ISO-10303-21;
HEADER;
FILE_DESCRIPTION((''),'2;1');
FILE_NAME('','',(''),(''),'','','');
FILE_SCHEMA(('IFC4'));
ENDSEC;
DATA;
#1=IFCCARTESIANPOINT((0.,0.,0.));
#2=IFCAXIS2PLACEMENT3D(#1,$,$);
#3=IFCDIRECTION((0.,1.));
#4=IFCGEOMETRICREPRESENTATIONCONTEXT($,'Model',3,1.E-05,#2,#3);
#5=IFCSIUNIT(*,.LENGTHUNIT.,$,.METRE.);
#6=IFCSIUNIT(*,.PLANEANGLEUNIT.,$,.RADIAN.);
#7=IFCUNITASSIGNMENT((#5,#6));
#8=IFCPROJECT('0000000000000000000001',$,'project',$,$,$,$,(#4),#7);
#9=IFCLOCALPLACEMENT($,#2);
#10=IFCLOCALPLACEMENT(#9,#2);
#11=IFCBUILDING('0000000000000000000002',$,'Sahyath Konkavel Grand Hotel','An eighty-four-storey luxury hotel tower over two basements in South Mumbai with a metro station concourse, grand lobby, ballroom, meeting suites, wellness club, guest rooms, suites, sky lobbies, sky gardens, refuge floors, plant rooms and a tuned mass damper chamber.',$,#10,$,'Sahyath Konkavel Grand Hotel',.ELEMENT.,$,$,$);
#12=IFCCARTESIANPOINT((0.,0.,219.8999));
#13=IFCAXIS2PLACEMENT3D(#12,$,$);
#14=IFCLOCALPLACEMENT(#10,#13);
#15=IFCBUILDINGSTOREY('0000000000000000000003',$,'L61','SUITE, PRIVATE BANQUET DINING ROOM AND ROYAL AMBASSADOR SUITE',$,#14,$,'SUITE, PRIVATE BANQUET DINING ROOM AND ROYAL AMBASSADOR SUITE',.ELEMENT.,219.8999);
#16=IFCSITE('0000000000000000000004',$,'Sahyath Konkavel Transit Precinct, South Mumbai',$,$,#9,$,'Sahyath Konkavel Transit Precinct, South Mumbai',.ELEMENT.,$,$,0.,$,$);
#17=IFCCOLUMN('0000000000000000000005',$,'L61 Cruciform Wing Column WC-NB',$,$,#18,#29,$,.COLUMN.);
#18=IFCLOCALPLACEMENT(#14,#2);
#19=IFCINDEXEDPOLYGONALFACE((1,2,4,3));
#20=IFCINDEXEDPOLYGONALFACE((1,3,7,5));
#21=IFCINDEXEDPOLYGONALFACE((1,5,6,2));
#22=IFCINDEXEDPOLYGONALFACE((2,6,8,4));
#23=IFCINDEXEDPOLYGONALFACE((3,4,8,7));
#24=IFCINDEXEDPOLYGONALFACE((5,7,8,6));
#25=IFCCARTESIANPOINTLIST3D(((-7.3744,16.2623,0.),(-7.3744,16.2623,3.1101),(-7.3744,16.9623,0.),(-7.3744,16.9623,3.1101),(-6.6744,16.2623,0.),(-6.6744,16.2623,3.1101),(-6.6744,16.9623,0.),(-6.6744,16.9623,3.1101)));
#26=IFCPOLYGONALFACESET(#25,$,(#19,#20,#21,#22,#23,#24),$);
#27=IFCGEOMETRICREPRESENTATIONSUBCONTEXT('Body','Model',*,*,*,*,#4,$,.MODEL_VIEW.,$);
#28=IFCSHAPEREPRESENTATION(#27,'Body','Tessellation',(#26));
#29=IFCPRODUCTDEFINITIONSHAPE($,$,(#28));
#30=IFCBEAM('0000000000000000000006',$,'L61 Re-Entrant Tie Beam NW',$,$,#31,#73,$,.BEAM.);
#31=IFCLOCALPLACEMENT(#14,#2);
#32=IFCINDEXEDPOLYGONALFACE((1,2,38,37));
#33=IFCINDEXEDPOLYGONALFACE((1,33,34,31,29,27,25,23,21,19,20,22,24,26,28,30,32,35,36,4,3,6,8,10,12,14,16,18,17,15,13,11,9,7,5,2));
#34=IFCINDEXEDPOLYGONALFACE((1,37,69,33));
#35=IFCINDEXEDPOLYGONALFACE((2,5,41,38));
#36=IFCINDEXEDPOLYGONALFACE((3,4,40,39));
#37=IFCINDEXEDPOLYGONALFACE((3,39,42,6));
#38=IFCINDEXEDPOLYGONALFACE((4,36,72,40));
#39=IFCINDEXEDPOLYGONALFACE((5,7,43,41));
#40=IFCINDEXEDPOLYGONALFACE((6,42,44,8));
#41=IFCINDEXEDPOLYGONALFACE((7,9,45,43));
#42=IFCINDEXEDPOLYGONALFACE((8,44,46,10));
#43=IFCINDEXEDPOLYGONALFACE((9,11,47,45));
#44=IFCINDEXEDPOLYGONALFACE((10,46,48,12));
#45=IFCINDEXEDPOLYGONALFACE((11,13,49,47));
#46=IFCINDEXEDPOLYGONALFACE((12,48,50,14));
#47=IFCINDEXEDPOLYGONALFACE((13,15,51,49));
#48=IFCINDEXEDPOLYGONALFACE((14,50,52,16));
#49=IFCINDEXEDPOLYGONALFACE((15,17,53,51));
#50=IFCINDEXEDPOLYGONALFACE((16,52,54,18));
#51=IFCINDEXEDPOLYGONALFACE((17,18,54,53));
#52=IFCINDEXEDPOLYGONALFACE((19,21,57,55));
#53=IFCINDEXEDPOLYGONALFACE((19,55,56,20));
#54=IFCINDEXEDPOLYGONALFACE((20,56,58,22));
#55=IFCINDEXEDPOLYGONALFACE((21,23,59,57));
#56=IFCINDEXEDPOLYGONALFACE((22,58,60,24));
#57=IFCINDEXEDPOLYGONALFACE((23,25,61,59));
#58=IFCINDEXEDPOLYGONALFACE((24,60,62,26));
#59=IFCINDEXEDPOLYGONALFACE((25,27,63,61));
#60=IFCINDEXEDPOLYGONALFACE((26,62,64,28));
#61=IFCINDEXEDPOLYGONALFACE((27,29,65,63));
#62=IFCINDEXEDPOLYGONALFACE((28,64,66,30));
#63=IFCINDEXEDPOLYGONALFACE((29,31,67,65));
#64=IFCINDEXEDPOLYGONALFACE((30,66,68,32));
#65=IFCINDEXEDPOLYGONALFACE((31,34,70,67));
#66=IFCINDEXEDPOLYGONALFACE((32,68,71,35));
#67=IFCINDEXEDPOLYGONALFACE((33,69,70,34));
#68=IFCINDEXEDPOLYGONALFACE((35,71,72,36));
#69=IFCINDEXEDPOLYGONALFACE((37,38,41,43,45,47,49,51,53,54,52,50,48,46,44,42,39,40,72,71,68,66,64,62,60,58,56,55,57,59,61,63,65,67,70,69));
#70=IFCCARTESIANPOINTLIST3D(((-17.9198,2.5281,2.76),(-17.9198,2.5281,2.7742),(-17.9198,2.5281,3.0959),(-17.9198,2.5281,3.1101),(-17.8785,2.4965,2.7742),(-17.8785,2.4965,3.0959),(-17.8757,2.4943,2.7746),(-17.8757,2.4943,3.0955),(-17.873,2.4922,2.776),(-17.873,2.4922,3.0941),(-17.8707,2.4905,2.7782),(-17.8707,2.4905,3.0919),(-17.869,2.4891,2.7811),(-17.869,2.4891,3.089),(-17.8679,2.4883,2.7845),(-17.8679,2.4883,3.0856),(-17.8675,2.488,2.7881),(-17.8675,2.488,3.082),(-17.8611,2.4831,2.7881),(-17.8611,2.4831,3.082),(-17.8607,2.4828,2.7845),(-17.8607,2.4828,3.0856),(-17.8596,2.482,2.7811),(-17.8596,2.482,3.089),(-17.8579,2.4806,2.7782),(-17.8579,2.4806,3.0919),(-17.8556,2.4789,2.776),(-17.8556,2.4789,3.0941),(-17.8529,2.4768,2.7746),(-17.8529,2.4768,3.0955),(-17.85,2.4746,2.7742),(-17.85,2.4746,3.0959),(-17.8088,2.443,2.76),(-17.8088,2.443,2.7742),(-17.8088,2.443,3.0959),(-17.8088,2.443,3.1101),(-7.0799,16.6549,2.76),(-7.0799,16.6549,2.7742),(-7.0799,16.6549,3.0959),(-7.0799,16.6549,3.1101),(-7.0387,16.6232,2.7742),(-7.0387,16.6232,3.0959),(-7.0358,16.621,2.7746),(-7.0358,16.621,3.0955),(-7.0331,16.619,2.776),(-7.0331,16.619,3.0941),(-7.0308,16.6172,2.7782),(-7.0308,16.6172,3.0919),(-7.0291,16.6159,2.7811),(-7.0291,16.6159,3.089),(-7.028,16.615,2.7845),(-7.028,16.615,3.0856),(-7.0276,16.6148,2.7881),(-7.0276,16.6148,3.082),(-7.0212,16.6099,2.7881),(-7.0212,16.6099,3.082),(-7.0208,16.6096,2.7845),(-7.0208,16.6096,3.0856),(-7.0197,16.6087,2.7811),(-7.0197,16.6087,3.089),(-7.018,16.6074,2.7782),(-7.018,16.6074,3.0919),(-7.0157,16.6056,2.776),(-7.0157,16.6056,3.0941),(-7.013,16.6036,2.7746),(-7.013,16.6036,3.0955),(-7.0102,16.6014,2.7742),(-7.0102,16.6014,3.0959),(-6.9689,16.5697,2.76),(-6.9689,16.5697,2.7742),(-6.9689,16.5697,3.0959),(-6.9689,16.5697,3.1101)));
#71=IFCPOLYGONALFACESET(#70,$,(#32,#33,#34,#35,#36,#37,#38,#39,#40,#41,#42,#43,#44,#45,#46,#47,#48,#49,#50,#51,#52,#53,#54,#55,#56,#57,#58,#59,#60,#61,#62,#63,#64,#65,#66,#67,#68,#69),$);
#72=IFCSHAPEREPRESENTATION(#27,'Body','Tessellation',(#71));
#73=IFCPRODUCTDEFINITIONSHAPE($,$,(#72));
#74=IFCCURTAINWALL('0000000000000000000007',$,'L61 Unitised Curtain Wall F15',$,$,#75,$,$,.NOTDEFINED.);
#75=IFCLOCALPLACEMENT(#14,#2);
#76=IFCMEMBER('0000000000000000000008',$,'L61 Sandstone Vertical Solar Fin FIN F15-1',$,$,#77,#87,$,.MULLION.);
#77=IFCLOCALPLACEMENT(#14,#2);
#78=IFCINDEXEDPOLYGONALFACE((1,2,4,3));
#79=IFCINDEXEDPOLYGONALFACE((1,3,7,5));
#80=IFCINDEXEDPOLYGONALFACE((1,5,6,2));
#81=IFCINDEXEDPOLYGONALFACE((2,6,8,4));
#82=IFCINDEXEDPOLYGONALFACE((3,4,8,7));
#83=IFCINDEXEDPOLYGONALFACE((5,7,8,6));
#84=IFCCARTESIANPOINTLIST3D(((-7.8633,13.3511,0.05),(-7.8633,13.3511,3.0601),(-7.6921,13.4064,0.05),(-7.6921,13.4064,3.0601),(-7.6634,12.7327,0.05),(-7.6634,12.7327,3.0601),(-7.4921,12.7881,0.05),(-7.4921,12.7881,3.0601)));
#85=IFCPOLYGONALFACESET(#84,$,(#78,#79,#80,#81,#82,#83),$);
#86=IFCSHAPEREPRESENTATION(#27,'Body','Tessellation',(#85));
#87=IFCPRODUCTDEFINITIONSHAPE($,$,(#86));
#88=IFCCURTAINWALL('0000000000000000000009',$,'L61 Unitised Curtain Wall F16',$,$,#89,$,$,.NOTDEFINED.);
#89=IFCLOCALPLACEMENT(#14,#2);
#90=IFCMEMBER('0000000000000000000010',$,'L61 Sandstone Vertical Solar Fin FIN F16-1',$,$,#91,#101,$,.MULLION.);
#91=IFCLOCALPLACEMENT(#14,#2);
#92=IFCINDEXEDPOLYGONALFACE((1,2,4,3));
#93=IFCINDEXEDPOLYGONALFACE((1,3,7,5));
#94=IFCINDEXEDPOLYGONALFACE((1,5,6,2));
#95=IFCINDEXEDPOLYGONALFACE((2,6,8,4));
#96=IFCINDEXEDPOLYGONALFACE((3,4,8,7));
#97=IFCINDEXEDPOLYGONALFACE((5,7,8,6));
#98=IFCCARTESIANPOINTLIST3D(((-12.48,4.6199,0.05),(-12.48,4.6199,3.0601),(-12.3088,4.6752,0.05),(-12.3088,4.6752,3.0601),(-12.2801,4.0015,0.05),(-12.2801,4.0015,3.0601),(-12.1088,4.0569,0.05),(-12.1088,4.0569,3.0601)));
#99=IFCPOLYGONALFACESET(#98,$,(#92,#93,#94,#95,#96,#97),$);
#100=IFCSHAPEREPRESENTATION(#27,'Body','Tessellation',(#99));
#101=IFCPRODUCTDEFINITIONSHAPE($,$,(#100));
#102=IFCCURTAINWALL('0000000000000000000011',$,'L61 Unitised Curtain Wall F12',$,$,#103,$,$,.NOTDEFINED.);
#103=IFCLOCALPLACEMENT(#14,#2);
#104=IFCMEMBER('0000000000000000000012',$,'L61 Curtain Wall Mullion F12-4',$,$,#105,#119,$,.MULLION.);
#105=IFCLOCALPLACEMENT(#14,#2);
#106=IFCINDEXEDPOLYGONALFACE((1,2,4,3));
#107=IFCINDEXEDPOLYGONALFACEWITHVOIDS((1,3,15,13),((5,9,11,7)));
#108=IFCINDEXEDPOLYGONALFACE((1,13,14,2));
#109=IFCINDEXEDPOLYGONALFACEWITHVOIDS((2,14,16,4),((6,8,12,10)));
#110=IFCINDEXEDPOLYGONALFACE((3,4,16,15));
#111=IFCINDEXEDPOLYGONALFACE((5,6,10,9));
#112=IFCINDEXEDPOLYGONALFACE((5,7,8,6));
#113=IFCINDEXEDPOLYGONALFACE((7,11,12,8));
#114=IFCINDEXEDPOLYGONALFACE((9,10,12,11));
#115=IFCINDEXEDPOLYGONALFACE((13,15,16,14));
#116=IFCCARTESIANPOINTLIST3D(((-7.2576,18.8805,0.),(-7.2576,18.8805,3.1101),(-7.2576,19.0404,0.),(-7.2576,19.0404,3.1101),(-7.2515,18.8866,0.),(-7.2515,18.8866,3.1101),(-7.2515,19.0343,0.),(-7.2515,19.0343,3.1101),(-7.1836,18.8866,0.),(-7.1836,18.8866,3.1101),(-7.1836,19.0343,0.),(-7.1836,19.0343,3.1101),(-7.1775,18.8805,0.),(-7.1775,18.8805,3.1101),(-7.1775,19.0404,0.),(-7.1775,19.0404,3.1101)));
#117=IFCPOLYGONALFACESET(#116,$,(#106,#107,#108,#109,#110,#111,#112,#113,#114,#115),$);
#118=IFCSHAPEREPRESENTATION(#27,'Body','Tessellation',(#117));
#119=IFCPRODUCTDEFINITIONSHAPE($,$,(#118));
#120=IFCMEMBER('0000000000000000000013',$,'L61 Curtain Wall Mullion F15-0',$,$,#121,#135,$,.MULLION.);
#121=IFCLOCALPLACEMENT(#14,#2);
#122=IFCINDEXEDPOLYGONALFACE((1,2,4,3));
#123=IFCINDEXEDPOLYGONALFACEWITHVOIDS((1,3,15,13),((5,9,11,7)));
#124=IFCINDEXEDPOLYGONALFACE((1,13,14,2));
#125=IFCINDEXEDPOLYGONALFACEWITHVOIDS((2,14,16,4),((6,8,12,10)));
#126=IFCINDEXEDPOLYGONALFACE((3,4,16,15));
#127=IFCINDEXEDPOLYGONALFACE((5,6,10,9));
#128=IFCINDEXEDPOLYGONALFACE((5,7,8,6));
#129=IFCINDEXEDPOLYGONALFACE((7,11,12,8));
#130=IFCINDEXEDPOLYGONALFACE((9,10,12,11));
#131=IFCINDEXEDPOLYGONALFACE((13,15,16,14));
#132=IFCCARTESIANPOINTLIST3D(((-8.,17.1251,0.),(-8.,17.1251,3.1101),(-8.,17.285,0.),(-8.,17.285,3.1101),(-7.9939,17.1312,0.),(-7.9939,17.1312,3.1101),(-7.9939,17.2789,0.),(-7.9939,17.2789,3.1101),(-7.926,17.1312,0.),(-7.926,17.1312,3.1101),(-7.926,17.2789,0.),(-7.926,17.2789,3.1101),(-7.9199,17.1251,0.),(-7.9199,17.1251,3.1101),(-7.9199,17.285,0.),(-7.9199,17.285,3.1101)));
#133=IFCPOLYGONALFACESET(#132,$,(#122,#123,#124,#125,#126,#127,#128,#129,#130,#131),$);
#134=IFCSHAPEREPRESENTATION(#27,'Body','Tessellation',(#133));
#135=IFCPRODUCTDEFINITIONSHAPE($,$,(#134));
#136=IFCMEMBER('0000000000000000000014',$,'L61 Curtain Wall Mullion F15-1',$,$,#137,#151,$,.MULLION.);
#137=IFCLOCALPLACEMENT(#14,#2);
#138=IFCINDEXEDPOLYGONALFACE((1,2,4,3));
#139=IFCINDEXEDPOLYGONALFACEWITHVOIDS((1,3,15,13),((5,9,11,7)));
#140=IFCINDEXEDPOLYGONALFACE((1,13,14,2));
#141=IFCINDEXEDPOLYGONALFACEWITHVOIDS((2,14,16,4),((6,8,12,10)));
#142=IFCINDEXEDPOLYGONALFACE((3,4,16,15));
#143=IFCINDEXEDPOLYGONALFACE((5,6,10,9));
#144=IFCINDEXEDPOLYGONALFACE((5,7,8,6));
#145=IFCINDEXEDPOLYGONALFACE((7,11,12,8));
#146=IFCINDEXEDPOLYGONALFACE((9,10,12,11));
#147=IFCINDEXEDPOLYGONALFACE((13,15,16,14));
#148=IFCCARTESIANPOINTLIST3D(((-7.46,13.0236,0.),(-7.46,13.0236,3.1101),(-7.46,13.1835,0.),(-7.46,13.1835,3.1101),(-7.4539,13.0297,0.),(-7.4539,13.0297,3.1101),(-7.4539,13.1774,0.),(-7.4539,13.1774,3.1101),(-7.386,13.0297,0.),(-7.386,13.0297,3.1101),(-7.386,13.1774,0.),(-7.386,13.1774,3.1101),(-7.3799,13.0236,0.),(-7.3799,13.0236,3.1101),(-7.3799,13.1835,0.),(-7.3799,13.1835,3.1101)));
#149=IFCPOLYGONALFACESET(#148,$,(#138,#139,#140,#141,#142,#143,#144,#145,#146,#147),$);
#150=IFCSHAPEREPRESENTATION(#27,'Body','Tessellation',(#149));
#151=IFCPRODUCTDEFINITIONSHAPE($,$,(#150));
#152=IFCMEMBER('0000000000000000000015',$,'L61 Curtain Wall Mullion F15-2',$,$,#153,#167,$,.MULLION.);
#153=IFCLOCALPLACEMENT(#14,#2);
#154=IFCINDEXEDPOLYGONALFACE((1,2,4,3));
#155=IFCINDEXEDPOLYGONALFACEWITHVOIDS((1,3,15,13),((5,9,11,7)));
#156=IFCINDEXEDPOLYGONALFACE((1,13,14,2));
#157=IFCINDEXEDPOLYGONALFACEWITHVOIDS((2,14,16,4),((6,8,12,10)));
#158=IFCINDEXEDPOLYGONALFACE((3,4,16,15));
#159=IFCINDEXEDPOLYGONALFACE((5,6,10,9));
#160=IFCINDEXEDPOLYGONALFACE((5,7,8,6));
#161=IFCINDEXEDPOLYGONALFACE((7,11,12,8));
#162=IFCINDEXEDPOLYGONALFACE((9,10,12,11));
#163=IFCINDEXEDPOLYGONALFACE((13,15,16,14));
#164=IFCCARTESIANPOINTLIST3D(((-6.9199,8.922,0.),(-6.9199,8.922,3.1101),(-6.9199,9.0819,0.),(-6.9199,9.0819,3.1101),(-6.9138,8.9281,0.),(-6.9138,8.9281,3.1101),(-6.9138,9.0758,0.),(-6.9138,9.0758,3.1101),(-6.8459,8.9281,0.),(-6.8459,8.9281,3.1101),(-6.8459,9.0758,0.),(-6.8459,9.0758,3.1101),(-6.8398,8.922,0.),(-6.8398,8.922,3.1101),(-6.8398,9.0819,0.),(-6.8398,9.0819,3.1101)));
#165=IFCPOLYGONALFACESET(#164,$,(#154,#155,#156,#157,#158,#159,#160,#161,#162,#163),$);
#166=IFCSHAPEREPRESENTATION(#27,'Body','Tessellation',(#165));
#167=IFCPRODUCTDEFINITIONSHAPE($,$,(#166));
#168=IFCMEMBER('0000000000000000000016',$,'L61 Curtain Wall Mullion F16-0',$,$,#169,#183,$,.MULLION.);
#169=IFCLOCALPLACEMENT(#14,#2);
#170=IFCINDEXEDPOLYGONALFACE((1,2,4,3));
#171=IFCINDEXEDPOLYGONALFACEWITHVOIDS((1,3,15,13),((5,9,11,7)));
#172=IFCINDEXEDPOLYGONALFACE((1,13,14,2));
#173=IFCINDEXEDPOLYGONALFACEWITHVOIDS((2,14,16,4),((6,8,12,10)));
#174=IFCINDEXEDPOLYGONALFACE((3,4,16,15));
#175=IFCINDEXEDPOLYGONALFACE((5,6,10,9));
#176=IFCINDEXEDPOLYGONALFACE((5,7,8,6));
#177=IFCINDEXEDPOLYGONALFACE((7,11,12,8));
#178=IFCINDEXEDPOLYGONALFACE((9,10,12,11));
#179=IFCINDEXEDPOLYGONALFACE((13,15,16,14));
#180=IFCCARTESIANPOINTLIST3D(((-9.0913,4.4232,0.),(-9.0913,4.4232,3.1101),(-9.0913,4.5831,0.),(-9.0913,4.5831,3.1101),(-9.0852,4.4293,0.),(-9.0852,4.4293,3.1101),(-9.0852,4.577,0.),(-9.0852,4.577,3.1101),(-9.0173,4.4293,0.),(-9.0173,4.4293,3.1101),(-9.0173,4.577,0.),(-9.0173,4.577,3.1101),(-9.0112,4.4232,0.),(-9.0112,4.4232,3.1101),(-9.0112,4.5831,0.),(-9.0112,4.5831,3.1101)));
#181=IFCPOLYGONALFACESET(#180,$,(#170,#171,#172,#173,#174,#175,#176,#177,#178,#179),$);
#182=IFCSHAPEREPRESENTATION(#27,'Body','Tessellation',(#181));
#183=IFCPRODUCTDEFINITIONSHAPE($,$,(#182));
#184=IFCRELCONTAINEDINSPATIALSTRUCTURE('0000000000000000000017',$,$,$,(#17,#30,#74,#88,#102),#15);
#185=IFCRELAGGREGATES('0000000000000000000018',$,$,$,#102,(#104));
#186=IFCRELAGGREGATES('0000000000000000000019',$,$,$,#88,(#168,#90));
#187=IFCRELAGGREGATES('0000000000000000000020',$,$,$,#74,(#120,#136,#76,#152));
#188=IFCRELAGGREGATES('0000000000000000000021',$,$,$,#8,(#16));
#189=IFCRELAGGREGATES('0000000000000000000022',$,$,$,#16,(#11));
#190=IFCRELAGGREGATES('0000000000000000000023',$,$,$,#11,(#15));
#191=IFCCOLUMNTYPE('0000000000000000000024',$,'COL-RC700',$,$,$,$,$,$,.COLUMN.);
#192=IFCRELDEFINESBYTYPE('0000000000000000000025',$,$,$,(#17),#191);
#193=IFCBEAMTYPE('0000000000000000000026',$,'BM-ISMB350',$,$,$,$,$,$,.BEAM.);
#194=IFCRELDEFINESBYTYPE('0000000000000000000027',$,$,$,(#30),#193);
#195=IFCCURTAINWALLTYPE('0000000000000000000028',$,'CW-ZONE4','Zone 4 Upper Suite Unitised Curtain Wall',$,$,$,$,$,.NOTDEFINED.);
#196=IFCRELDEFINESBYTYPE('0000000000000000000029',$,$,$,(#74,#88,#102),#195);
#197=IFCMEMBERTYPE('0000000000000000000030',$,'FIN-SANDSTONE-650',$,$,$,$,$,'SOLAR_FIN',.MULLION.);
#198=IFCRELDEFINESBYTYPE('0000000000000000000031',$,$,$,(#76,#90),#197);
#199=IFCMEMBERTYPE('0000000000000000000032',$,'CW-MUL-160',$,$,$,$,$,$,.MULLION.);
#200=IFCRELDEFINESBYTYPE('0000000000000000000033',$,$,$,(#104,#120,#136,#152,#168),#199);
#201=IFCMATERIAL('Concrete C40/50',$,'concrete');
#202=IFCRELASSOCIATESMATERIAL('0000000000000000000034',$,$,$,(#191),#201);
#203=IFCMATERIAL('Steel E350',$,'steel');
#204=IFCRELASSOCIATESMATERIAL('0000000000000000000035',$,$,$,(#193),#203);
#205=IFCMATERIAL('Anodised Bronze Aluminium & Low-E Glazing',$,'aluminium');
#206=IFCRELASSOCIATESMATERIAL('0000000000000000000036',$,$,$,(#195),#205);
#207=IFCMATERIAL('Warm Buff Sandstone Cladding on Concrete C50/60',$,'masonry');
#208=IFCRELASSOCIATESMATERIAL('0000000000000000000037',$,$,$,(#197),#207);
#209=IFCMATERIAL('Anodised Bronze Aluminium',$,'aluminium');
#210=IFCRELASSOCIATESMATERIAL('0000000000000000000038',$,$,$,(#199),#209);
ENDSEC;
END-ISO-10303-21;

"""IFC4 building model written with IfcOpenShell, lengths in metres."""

from ifc_helpers import new_model, si_unit, direction, frame, origin, origin_2d, place, context, subcontext, project, spatial, rectangle, hollow_rectangle, i_section, extrude, source, transform, mapped, material, material_profile, profile_set, type_object, element, aggregate, save


model = new_model("IFC4")

# Units and contexts
model_context = context("Model", 3, precision=1e-05, world=origin(), true_north=direction((0.0, 1.0)))
body_context = subcontext(model_context, "Body", "Model", "MODEL_VIEW")
ifc_project = project(units=[si_unit("LENGTHUNIT", "METRE"), si_unit("PLANEANGLEUNIT", "RADIAN")], contexts=[model_context])

# Site, building, storey
site_placement = place(None, origin())
site = spatial("IfcSite", under=ifc_project, at=site_placement, Name="Sahyath Konkavel Transit Precinct, South Mumbai", LongName="Sahyath Konkavel Transit Precinct, South Mumbai", CompositionType="ELEMENT", RefElevation=0.0)
building_placement = place(site_placement, origin())
building = spatial("IfcBuilding", under=site, at=building_placement, Name="Sahyath Konkavel Grand Hotel", Description="An eighty-four-storey luxury hotel tower over two basements in South Mumbai with a metro station concourse, grand lobby, ballroom, meeting suites, wellness club, guest rooms, suites, sky lobbies, sky gardens, refuge floors, plant rooms and a tuned mass damper chamber.", LongName="Sahyath Konkavel Grand Hotel", CompositionType="ELEMENT")
storey_placement = place(building_placement, frame((0.0, 0.0, 219.8999)))
storey = spatial("IfcBuildingStorey", under=building, at=storey_placement, Name="L61", Description="SUITE, PRIVATE BANQUET DINING ROOM AND ROYAL AMBASSADOR SUITE", LongName="SUITE, PRIVATE BANQUET DINING ROOM AND ROYAL AMBASSADOR SUITE", CompositionType="ELEMENT", Elevation=219.8999)

# Column
ifc_material_1 = material(Name="Concrete C40/50", Category="concrete")
ifc_material_profile_1 = material_profile(ifc_material_1, rectangle(XDim=0.7, YDim=0.7, at=origin_2d()), Name="RC 700x700")
ifc_profile_set_1 = profile_set([ifc_material_profile_1], Name="Concrete C40/50")
column_type = type_object("IfcColumnType", Name="COL-RC700", PredefinedType="COLUMN", material=ifc_profile_set_1)
shared_shape_1 = source(origin(), body_context, "Body", "SweptSolid", [
    extrude(rectangle(XDim=0.7, YDim=0.7, at=origin_2d()), origin(), (0.0, 0.0, 1.0), 3.1101),
])
column_placement = place(storey_placement, frame((-7.0244, 16.6123, 0.0), z_axis=(0.0, 0.0, 1.0), x_axis=(1.0, 0.0, 0.0)))
element("IfcColumn", 1, at=column_placement, inside=storey, type_object=column_type, Name="L61 Cruciform Wing Column WC-NB", PredefinedType="COLUMN", context=body_context, shape_type="MappedRepresentation", body=[
    mapped(shared_shape_1, transform((0.0, 0.0, 0.0), scale=1.0)),
])

# Beam
ifc_material_2 = material(Name="Steel E350", Category="steel")
ifc_material_profile_2 = material_profile(ifc_material_2, i_section(OverallWidth=0.1399, OverallDepth=0.3501, WebThickness=0.0081, FlangeThickness=0.0142, FilletRadius=0.0139, at=origin_2d()), Name="ISMB 350")
ifc_profile_set_2 = profile_set([ifc_material_profile_2], Name="Steel E350")
beam_type = type_object("IfcBeamType", Name="BM-ISMB350", PredefinedType="BEAM", material=ifc_profile_set_2)
shared_shape_2 = source(origin(), body_context, "Body", "SweptSolid", [
    extrude(i_section(OverallWidth=0.1399, OverallDepth=0.3501, WebThickness=0.0081, FlangeThickness=0.0142, FilletRadius=0.0139, at=origin_2d()), origin(), (0.0, 0.0, 1.0), 17.8064),
])
beam_placement = place(storey_placement, frame((-7.0244, 16.6123, 2.9351), z_axis=(-0.608763, -0.793352, 0.0), x_axis=(0.793352, -0.608763, 0.0)))
element("IfcBeam", 2, at=beam_placement, inside=storey, type_object=beam_type, Name="L61 Re-Entrant Tie Beam NW", PredefinedType="BEAM", context=body_context, shape_type="MappedRepresentation", body=[
    mapped(shared_shape_2, transform((0.0, 0.0, 0.0), scale=1.0)),
])

# Curtain walls, members
ifc_material_3 = material(Name="Anodised Bronze Aluminium & Low-E Glazing", Category="aluminium")
curtain_wall_type = type_object("IfcCurtainWallType", Name="CW-ZONE4", Description="Zone 4 Upper Suite Unitised Curtain Wall", PredefinedType="NOTDEFINED", material=ifc_material_3)
curtain_wall_1_placement = place(storey_placement, origin())
curtain_wall_1 = element("IfcCurtainWall", 3, at=curtain_wall_1_placement, inside=storey, type_object=curtain_wall_type, Name="L61 Unitised Curtain Wall F15", PredefinedType="NOTDEFINED")
ifc_material_4 = material(Name="Warm Buff Sandstone Cladding on Concrete C50/60", Category="masonry")
ifc_material_profile_3 = material_profile(ifc_material_4, rectangle(XDim=0.1799, YDim=0.6499, at=origin_2d()), Name="FIN 180x650")
ifc_profile_set_3 = profile_set([ifc_material_profile_3], Name="Warm Buff Sandstone Cladding on Concrete C50/60")
member_type_1 = type_object("IfcMemberType", Name="FIN-SANDSTONE-650", ElementType="SOLAR_FIN", PredefinedType="MULLION", material=ifc_profile_set_3)
shared_shape_3 = source(origin(), body_context, "Body", "SweptSolid", [
    extrude(rectangle(XDim=0.1799, YDim=0.6499, at=origin_2d()), origin(), (0.0, 0.0, 1.0), 3.01),
])
member_1_placement = place(storey_placement, frame((-7.6777, 13.0696, 0.05), z_axis=(0.0, 0.0, 1.0), x_axis=(0.951487, 0.307689, 0.0)))
member_1 = element("IfcMember", 4, at=member_1_placement, type_object=member_type_1, Name="L61 Sandstone Vertical Solar Fin FIN F15-1", PredefinedType="MULLION", context=body_context, shape_type="MappedRepresentation", body=[
    mapped(shared_shape_3, transform((0.0, 0.0, 0.0), scale=1.0)),
])
curtain_wall_2_placement = place(storey_placement, origin())
curtain_wall_2 = element("IfcCurtainWall", 5, at=curtain_wall_2_placement, inside=storey, type_object=curtain_wall_type, Name="L61 Unitised Curtain Wall F16", PredefinedType="NOTDEFINED")
member_2_placement = place(storey_placement, frame((-12.2944, 4.3384, 0.05), z_axis=(0.0, 0.0, 1.0), x_axis=(0.951487, 0.307689, 0.0)))
member_2 = element("IfcMember", 6, at=member_2_placement, type_object=member_type_1, Name="L61 Sandstone Vertical Solar Fin FIN F16-1", PredefinedType="MULLION", context=body_context, shape_type="MappedRepresentation", body=[
    mapped(shared_shape_3, transform((0.0, 0.0, 0.0), scale=1.0)),
])
curtain_wall_3_placement = place(storey_placement, origin())
curtain_wall_3 = element("IfcCurtainWall", 7, at=curtain_wall_3_placement, inside=storey, type_object=curtain_wall_type, Name="L61 Unitised Curtain Wall F12", PredefinedType="NOTDEFINED")
ifc_material_5 = material(Name="Anodised Bronze Aluminium", Category="aluminium")
ifc_material_profile_4 = material_profile(ifc_material_5, hollow_rectangle(XDim=0.0801, YDim=0.1599, WallThickness=0.0061, at=origin_2d()), Name="RHS 160x80x6")
ifc_profile_set_4 = profile_set([ifc_material_profile_4], Name="Anodised Bronze Aluminium")
member_type_2 = type_object("IfcMemberType", Name="CW-MUL-160", PredefinedType="MULLION", material=ifc_profile_set_4)
shared_shape_4 = source(origin(), body_context, "Body", "SweptSolid", [
    extrude(hollow_rectangle(XDim=0.0801, YDim=0.1599, WallThickness=0.0061, at=origin_2d()), origin(), (0.0, 0.0, 1.0), 3.1101),
])
member_3_placement = place(storey_placement, frame((-7.2175, 18.9604, 0.0), z_axis=(0.0, 0.0, 1.0), x_axis=(1.0, 0.0, 0.0)))
member_3 = element("IfcMember", 8, at=member_3_placement, type_object=member_type_2, Name="L61 Curtain Wall Mullion F12-4", PredefinedType="MULLION", context=body_context, shape_type="MappedRepresentation", body=[
    mapped(shared_shape_4, transform((0.0, 0.0, 0.0), scale=1.0)),
])
aggregate(curtain_wall_3, [member_3])

# Members
member_4_placement = place(storey_placement, frame((-7.96, 17.2051, 0.0), z_axis=(0.0, 0.0, 1.0), x_axis=(1.0, 0.0, 0.0)))
member_4 = element("IfcMember", 9, at=member_4_placement, type_object=member_type_2, Name="L61 Curtain Wall Mullion F15-0", PredefinedType="MULLION", context=body_context, shape_type="MappedRepresentation", body=[
    mapped(shared_shape_4, transform((0.0, 0.0, 0.0), scale=1.0)),
])
member_5_placement = place(storey_placement, frame((-7.4199, 13.1035, 0.0), z_axis=(0.0, 0.0, 1.0), x_axis=(1.0, 0.0, 0.0)))
member_5 = element("IfcMember", 10, at=member_5_placement, type_object=member_type_2, Name="L61 Curtain Wall Mullion F15-1", PredefinedType="MULLION", context=body_context, shape_type="MappedRepresentation", body=[
    mapped(shared_shape_4, transform((0.0, 0.0, 0.0), scale=1.0)),
])
member_6_placement = place(storey_placement, frame((-6.8799, 9.002, 0.0), z_axis=(0.0, 0.0, 1.0), x_axis=(1.0, 0.0, 0.0)))
member_6 = element("IfcMember", 11, at=member_6_placement, type_object=member_type_2, Name="L61 Curtain Wall Mullion F15-2", PredefinedType="MULLION", context=body_context, shape_type="MappedRepresentation", body=[
    mapped(shared_shape_4, transform((0.0, 0.0, 0.0), scale=1.0)),
])
member_7_placement = place(storey_placement, frame((-9.0513, 4.5032, 0.0), z_axis=(0.0, 0.0, 1.0), x_axis=(1.0, 0.0, 0.0)))
member_7 = element("IfcMember", 12, at=member_7_placement, type_object=member_type_2, Name="L61 Curtain Wall Mullion F16-0", PredefinedType="MULLION", context=body_context, shape_type="MappedRepresentation", body=[
    mapped(shared_shape_4, transform((0.0, 0.0, 0.0), scale=1.0)),
])

aggregate(curtain_wall_2, [member_7, member_2])
aggregate(curtain_wall_1, [member_4, member_5, member_1, member_6])

save(model, "model.ifc")
